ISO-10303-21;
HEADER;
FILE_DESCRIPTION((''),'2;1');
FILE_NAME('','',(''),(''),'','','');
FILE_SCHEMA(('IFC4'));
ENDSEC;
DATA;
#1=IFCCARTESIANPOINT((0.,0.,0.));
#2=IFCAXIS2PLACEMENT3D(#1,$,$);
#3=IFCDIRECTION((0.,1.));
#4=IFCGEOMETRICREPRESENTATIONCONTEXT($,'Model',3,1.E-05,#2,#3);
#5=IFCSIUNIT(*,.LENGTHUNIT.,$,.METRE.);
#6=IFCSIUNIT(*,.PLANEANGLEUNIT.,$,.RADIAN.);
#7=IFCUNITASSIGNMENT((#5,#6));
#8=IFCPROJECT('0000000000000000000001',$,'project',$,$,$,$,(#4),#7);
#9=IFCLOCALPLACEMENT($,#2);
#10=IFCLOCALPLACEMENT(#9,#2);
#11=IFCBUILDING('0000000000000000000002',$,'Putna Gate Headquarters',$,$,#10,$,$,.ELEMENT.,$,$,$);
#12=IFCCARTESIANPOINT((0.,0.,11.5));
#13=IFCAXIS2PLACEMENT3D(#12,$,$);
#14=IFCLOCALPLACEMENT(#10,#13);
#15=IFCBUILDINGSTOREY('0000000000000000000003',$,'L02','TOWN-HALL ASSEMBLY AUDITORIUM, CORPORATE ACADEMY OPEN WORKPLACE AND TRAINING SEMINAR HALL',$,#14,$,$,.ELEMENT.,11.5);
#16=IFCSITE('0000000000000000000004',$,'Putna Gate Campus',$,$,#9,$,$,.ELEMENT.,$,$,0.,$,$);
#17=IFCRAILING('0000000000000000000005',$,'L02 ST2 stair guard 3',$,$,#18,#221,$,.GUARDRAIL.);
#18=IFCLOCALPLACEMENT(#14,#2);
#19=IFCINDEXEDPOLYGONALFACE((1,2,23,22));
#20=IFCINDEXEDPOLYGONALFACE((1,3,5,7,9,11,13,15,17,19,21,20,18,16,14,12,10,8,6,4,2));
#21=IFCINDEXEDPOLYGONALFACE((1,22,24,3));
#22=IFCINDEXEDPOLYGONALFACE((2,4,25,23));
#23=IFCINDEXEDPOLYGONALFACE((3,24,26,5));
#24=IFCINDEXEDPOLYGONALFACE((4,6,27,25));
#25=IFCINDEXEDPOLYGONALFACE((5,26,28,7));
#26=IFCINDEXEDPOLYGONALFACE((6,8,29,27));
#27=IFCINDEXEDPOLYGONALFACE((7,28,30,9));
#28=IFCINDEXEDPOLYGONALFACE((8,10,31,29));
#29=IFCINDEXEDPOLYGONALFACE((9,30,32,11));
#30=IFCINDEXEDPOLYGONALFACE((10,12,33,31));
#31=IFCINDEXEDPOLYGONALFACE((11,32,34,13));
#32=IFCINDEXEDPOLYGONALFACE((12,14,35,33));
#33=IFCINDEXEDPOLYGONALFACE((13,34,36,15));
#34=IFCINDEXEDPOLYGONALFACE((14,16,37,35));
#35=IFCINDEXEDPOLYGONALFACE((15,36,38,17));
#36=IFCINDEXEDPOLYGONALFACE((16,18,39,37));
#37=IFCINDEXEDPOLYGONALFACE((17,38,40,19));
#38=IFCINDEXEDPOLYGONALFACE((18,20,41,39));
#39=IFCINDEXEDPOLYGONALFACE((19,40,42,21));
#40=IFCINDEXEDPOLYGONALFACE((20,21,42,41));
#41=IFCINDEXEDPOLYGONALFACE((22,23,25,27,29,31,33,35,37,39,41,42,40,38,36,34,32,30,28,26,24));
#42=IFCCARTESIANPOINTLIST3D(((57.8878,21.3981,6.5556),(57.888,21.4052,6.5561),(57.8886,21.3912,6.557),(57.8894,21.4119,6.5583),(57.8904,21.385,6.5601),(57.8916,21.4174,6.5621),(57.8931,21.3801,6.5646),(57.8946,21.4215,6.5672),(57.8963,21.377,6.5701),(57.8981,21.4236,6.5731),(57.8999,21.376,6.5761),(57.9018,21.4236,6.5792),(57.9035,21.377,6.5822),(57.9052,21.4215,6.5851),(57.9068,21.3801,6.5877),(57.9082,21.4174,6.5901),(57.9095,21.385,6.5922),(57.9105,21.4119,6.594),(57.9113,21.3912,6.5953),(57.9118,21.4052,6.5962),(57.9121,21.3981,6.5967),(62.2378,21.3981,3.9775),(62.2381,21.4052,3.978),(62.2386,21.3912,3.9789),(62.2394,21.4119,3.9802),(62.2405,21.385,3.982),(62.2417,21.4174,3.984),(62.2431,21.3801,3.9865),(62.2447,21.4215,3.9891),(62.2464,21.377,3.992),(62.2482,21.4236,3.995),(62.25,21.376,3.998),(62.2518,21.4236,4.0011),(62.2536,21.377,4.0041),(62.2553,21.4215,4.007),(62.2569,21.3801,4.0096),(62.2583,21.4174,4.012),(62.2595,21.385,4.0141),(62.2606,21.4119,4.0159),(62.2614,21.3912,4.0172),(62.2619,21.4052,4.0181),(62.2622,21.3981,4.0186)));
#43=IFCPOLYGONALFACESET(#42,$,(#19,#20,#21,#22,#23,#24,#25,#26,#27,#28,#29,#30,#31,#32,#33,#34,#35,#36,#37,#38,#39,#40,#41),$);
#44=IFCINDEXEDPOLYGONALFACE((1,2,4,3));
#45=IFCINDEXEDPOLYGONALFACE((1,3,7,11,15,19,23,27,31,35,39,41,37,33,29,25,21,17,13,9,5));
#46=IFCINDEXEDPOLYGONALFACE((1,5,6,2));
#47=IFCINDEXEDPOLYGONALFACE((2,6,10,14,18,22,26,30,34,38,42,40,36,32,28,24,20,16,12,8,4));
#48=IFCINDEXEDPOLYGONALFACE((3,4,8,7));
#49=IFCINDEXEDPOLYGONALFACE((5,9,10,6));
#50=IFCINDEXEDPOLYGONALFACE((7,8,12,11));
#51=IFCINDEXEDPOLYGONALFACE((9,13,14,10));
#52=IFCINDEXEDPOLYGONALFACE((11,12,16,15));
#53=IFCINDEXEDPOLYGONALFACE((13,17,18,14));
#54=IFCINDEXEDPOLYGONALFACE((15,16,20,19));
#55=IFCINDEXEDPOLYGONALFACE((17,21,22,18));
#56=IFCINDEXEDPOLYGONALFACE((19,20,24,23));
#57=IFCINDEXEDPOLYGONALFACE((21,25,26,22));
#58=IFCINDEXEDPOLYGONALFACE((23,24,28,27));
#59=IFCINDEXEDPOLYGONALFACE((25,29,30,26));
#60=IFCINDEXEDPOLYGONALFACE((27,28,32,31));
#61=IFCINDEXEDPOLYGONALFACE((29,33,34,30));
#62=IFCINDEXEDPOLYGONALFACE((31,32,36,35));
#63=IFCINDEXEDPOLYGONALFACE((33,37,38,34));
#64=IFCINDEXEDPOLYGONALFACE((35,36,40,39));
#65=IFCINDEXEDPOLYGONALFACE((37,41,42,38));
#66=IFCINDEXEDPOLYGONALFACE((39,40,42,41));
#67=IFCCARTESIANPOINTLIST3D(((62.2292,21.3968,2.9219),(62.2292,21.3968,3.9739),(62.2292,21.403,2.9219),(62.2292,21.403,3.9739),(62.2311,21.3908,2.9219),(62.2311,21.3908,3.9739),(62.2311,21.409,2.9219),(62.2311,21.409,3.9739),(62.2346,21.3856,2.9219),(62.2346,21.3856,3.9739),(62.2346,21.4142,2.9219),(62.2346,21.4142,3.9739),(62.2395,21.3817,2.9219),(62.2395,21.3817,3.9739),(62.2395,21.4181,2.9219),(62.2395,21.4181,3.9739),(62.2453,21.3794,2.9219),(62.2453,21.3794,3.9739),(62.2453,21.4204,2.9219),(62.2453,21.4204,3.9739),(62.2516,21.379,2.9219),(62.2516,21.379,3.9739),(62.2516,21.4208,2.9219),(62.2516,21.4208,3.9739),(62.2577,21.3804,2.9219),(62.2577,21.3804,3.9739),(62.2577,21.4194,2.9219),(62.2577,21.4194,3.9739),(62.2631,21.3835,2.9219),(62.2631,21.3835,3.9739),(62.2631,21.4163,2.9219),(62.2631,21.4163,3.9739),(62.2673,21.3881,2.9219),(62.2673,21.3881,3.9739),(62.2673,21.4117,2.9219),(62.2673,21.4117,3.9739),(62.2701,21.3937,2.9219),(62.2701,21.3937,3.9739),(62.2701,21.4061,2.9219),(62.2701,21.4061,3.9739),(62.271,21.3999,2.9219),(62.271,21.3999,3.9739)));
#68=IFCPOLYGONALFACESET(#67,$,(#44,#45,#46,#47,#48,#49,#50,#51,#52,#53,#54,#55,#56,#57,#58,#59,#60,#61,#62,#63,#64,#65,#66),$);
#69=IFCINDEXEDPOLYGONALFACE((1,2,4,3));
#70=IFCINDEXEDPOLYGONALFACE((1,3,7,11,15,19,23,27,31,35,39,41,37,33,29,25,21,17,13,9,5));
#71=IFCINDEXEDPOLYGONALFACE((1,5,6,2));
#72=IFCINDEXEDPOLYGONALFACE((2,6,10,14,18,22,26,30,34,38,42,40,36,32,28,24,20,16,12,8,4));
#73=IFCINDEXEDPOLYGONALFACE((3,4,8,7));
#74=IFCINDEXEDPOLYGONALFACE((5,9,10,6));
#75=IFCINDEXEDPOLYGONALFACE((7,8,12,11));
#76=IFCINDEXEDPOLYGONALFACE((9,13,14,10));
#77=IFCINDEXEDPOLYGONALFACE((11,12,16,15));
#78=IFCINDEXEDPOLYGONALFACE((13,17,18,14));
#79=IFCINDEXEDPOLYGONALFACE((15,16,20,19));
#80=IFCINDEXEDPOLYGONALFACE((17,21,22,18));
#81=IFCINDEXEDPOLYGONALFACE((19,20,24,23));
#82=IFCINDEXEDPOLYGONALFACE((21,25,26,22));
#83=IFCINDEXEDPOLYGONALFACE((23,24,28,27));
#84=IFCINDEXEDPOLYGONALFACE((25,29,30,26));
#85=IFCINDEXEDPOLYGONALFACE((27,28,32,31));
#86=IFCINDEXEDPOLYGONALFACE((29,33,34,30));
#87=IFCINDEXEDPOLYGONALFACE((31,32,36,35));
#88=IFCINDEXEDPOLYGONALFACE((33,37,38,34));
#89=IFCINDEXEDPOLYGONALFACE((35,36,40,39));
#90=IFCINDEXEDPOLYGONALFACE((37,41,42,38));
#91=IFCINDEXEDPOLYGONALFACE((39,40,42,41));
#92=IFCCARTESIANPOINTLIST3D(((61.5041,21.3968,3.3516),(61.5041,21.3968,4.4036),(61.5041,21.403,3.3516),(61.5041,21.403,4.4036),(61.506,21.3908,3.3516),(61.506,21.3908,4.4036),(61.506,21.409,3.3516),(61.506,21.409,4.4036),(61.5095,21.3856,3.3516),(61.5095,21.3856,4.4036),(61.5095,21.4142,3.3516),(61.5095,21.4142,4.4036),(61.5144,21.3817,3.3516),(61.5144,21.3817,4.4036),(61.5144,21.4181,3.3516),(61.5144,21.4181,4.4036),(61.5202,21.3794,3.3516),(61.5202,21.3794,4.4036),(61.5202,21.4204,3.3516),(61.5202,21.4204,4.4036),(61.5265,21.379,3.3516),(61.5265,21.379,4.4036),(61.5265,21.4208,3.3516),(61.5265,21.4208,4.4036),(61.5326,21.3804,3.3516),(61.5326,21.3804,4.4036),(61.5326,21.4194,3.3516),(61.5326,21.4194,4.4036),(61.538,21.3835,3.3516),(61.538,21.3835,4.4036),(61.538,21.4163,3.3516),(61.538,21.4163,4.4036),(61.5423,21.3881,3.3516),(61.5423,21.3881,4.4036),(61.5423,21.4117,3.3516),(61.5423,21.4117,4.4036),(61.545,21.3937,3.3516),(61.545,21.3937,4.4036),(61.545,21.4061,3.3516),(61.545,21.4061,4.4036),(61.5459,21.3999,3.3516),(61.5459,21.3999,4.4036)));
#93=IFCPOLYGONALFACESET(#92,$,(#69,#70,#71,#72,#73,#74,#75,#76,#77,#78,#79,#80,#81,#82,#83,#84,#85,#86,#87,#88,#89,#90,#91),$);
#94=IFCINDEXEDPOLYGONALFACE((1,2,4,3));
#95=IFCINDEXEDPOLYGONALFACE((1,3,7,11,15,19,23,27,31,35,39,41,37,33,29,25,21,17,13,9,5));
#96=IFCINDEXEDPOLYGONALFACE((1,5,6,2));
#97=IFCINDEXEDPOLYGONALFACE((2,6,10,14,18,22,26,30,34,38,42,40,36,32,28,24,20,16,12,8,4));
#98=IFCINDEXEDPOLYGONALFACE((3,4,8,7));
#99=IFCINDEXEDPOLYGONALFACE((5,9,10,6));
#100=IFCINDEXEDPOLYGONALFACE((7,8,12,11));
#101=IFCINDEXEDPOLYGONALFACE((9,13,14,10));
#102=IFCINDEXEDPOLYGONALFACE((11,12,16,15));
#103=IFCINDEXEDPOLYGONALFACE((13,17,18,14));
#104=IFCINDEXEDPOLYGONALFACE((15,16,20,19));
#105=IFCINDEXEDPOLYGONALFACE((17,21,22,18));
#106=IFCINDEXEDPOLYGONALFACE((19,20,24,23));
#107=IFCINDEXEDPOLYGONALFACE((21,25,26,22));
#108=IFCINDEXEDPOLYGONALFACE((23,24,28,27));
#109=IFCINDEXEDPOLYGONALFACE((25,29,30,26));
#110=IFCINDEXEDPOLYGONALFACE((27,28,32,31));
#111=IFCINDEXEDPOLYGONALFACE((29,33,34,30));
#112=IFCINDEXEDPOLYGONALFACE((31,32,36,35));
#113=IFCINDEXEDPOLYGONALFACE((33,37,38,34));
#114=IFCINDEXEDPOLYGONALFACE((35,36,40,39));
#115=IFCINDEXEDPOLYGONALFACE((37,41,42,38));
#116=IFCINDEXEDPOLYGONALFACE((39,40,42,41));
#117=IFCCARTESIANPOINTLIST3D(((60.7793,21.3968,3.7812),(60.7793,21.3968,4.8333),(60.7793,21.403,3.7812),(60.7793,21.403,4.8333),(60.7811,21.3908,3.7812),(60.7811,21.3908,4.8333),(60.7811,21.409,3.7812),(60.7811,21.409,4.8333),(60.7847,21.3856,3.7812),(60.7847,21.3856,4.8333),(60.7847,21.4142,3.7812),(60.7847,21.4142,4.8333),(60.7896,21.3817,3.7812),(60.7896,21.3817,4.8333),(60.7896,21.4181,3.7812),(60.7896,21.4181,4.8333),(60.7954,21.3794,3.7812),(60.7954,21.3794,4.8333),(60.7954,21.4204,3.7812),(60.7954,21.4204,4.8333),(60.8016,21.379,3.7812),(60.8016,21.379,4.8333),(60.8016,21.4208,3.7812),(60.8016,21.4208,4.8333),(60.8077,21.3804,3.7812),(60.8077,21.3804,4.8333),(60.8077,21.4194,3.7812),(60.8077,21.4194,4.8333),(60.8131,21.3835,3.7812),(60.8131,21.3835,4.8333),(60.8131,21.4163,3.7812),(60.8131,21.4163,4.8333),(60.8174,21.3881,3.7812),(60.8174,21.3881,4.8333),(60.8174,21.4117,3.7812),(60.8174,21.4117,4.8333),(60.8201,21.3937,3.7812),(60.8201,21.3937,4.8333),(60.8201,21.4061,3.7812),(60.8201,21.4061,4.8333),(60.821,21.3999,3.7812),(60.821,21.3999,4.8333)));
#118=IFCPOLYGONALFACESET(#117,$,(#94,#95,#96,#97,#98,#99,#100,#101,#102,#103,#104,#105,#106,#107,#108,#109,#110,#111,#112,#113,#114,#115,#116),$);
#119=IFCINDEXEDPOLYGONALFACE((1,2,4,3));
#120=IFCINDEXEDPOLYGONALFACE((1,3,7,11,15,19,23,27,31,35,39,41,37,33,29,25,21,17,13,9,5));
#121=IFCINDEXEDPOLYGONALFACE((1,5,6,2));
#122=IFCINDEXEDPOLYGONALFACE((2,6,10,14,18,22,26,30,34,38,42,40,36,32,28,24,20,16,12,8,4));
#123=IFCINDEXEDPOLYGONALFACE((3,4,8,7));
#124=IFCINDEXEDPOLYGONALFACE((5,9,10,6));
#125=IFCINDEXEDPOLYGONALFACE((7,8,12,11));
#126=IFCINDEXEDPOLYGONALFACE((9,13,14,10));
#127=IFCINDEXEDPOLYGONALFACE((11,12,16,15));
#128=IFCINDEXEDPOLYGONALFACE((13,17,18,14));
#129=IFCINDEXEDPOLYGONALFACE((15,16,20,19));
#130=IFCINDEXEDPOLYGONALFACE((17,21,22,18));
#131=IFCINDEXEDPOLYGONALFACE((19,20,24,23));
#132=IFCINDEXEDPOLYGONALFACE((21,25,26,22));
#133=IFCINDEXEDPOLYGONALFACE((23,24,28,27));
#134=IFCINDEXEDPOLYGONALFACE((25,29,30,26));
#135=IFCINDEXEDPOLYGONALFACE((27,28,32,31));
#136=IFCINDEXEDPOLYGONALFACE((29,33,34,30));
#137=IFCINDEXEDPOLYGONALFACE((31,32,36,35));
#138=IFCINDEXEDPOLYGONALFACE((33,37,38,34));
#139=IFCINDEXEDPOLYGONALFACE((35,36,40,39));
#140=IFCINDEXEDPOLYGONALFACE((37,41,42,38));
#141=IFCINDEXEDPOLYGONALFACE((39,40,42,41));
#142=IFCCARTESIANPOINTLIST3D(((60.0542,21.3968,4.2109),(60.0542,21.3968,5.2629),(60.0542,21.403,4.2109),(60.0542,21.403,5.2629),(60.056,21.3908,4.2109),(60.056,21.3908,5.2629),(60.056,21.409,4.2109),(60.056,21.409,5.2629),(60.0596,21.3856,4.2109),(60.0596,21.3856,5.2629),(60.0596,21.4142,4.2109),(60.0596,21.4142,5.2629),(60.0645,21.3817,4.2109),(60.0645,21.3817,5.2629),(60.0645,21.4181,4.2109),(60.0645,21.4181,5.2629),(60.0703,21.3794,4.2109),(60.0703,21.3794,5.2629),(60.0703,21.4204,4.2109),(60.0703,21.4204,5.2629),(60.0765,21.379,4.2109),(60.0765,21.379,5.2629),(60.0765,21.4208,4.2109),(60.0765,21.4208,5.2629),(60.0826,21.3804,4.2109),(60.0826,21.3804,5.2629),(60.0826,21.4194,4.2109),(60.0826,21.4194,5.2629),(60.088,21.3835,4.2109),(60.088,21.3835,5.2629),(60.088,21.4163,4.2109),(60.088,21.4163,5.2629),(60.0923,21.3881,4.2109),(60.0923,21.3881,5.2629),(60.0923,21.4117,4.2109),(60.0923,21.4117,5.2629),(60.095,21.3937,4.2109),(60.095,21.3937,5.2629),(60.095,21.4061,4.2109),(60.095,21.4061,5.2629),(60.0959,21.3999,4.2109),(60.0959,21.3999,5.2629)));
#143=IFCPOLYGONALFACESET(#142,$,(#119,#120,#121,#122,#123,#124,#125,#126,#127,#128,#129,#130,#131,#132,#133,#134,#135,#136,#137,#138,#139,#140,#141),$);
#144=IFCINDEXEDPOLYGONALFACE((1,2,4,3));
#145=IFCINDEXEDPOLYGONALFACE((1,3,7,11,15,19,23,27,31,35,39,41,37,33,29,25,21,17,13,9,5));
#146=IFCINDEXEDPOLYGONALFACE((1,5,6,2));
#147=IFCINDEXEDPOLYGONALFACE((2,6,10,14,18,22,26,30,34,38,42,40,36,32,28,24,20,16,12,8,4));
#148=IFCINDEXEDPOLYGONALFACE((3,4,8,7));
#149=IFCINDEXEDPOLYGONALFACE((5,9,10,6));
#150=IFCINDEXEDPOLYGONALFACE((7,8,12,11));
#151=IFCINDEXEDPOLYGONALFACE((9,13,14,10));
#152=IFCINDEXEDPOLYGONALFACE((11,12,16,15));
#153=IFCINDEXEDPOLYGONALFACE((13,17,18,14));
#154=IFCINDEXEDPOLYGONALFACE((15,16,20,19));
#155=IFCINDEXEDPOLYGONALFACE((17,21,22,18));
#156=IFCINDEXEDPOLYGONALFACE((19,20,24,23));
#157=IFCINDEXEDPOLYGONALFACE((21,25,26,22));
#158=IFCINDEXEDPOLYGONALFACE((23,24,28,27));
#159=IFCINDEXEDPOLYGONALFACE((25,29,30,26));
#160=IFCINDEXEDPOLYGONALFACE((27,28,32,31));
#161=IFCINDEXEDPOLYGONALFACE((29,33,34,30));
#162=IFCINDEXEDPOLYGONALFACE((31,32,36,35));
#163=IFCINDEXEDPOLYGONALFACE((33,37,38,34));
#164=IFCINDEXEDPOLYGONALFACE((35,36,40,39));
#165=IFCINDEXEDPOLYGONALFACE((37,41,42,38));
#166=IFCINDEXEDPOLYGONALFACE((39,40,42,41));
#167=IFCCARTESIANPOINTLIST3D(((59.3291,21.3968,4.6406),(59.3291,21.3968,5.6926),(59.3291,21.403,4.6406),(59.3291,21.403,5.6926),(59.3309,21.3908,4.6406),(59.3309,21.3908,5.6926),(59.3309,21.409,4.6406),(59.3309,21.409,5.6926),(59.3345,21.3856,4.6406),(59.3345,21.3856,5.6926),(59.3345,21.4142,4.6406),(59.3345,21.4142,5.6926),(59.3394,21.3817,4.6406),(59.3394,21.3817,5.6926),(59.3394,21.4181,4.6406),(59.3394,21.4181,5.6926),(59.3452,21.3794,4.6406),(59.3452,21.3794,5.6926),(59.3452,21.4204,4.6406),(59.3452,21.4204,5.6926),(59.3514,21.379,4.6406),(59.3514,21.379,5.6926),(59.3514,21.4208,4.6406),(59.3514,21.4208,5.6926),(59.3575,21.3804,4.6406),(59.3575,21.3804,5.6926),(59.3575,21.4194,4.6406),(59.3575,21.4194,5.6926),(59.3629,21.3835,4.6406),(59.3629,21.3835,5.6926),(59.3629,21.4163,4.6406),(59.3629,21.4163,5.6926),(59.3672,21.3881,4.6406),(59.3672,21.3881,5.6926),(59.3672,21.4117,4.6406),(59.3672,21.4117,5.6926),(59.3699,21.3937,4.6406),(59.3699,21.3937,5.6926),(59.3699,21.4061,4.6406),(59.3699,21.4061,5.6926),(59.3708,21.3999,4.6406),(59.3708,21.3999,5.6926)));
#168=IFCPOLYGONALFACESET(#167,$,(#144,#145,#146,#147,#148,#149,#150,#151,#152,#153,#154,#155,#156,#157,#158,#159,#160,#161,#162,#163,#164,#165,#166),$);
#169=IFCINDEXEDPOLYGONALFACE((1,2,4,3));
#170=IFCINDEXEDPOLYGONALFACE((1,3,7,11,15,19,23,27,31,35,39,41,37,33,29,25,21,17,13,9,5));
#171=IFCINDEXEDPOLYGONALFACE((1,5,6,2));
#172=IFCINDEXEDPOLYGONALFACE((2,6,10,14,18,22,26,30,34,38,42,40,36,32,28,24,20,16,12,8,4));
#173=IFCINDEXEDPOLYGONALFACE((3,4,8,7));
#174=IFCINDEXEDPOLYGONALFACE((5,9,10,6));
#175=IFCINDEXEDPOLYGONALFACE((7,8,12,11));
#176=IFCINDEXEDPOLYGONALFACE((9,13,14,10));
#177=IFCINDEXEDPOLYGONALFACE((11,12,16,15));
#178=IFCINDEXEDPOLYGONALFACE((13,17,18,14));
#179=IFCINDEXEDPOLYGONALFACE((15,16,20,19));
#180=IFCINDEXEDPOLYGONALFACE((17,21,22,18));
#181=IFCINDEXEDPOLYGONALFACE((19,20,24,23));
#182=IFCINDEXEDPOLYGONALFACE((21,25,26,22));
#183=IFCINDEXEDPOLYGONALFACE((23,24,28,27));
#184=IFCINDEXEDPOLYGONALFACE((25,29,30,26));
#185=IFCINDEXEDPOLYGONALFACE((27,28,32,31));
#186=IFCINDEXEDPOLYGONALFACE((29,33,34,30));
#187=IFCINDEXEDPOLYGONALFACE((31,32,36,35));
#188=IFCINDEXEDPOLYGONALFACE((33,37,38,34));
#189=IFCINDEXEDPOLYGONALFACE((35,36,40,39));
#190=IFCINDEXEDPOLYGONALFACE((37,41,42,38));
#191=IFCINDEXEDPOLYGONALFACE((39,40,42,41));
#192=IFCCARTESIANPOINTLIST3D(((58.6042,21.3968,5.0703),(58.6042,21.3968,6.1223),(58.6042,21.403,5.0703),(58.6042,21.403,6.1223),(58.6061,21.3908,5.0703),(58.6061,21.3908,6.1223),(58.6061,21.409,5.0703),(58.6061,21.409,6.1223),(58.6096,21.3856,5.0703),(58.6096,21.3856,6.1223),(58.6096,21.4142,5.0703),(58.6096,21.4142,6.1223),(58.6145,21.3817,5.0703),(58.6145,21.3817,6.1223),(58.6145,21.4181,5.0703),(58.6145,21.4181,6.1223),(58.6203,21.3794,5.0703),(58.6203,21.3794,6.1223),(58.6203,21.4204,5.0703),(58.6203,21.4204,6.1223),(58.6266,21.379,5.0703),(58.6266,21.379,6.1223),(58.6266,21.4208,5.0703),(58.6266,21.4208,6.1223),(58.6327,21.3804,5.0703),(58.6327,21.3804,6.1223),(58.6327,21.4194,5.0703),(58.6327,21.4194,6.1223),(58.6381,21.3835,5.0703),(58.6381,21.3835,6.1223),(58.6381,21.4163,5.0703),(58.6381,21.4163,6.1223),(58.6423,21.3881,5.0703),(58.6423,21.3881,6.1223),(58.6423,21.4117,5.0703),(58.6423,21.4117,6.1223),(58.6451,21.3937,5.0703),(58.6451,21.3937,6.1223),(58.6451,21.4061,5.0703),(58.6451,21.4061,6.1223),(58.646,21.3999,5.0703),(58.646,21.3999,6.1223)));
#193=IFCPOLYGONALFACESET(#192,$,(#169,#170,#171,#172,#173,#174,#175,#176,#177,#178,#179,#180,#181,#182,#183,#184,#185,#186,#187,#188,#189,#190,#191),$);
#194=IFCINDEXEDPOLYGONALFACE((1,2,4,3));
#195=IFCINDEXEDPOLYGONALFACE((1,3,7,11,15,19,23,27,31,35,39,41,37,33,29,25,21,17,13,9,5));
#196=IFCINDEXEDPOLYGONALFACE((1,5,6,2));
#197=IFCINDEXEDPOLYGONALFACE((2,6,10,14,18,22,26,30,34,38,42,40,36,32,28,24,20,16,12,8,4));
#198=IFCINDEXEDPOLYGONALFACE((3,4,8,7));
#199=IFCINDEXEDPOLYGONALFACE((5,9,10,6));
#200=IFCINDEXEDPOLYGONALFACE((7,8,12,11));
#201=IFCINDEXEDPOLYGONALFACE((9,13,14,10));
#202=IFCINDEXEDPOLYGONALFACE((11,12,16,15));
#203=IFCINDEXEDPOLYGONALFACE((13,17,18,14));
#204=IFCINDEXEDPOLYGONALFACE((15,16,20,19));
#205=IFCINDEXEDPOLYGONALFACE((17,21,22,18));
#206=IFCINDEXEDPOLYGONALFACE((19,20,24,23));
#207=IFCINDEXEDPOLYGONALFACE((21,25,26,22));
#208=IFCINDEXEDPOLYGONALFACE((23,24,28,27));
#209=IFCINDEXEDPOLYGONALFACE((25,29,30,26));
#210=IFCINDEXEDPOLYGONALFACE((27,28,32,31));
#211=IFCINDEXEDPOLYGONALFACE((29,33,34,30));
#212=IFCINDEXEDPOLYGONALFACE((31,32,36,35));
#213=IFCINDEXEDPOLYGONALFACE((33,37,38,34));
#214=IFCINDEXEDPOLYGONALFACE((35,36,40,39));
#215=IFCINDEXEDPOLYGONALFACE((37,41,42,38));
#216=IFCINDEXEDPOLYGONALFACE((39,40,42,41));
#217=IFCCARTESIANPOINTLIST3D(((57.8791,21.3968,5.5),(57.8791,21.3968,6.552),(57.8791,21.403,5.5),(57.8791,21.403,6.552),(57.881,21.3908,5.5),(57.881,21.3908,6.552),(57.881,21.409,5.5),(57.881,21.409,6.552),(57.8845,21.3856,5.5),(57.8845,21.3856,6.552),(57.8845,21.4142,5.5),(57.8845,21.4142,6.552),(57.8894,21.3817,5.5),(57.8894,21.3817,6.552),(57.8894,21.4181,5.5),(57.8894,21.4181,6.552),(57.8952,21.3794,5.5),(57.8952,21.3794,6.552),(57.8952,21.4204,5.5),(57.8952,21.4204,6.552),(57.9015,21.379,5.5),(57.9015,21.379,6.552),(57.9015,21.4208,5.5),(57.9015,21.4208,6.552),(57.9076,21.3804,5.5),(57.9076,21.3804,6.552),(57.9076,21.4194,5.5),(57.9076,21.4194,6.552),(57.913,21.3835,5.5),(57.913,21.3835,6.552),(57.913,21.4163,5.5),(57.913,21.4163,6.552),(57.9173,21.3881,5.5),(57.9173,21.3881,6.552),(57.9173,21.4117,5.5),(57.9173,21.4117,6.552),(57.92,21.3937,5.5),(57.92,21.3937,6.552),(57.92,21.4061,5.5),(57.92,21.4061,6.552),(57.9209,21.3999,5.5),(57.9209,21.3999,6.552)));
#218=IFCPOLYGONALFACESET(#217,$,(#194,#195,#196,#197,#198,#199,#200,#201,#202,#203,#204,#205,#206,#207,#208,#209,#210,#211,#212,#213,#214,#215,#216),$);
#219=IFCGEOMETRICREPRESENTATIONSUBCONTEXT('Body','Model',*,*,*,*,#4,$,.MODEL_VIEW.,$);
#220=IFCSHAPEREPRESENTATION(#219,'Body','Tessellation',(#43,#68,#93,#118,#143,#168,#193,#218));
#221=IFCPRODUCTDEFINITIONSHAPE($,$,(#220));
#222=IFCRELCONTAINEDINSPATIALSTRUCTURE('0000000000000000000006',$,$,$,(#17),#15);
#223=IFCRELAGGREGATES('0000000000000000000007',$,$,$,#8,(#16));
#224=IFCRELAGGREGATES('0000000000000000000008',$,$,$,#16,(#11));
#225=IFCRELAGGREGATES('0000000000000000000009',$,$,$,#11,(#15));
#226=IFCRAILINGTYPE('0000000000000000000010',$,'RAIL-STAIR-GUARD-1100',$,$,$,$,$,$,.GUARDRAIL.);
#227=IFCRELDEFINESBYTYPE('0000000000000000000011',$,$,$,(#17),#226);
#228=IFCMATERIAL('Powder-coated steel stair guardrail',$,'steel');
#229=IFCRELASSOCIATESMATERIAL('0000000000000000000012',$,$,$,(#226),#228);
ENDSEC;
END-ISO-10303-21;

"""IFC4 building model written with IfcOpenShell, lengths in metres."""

from ifc_helpers import new_model, si_unit, direction, frame, origin, origin_2d, place, context, subcontext, project, spatial, circle, extrude, material, type_object, element, save


model = new_model("IFC4")

# Units and contexts
model_context = context("Model", 3, precision=1e-05, world=origin(), true_north=direction((0.0, 1.0)))
body_context = subcontext(model_context, "Body", "Model", "MODEL_VIEW")
ifc_project = project(units=[si_unit("LENGTHUNIT", "METRE"), si_unit("PLANEANGLEUNIT", "RADIAN")], contexts=[model_context])

# Site, building, storey
site_placement = place(None, origin())
site = spatial("IfcSite", under=ifc_project, at=site_placement, Name="Putna Gate Campus", CompositionType="ELEMENT", RefElevation=0.0)
building_placement = place(site_placement, origin())
building = spatial("IfcBuilding", under=site, at=building_placement, Name="Putna Gate Headquarters", CompositionType="ELEMENT")
storey_placement = place(building_placement, frame((0.0, 0.0, 11.5)))
storey = spatial("IfcBuildingStorey", under=building, at=storey_placement, Name="L02", Description="TOWN-HALL ASSEMBLY AUDITORIUM, CORPORATE ACADEMY OPEN WORKPLACE AND TRAINING SEMINAR HALL", CompositionType="ELEMENT", Elevation=11.5)

# Railing
ifc_material_1 = material(Name="Powder-coated steel stair guardrail", Category="steel")
railing_type_1 = type_object("IfcRailingType", Name="RAIL-STAIR-GUARD-1100", PredefinedType="GUARDRAIL", material=ifc_material_1)
railing_1_placement = place(storey_placement, frame((62.25, 21.3999, 2.9219)))
element("IfcRailing", 1, at=railing_1_placement, inside=storey, type_object=railing_type_1, Name="L02 ST2 stair guard 3", PredefinedType="GUARDRAIL", context=body_context, shape_type="SweptSolid", body=[
    extrude(circle(Radius=0.0239, at=origin_2d()), frame((0.0, 0.0, 1.0762), z_axis=(-0.860266, 0.0, 0.509845), x_axis=(0.0, -1.0, 0.0)), (0.0, 0.0, 1.0), 5.0566),
    extrude(circle(Radius=0.021, at=origin_2d()), origin(), (0.0, 0.0, 1.0), 1.052),
    extrude(circle(Radius=0.021, at=origin_2d()), frame((-0.7251, 0.0, 0.4297)), (0.0, 0.0, 1.0), 1.052),
    extrude(circle(Radius=0.021, at=origin_2d()), frame((-1.45, 0.0, 0.8594)), (0.0, 0.0, 1.0), 1.052),
    extrude(circle(Radius=0.021, at=origin_2d()), frame((-2.175, 0.0, 1.2891)), (0.0, 0.0, 1.0), 1.052),
    extrude(circle(Radius=0.021, at=origin_2d()), frame((-2.9001, 0.0, 1.7188)), (0.0, 0.0, 1.0), 1.052),
    extrude(circle(Radius=0.021, at=origin_2d()), frame((-3.625, 0.0, 2.1484)), (0.0, 0.0, 1.0), 1.052),
    extrude(circle(Radius=0.021, at=origin_2d()), frame((-4.3501, 0.0, 2.5781)), (0.0, 0.0, 1.0), 1.052),
])

save(model, "model.ifc")
